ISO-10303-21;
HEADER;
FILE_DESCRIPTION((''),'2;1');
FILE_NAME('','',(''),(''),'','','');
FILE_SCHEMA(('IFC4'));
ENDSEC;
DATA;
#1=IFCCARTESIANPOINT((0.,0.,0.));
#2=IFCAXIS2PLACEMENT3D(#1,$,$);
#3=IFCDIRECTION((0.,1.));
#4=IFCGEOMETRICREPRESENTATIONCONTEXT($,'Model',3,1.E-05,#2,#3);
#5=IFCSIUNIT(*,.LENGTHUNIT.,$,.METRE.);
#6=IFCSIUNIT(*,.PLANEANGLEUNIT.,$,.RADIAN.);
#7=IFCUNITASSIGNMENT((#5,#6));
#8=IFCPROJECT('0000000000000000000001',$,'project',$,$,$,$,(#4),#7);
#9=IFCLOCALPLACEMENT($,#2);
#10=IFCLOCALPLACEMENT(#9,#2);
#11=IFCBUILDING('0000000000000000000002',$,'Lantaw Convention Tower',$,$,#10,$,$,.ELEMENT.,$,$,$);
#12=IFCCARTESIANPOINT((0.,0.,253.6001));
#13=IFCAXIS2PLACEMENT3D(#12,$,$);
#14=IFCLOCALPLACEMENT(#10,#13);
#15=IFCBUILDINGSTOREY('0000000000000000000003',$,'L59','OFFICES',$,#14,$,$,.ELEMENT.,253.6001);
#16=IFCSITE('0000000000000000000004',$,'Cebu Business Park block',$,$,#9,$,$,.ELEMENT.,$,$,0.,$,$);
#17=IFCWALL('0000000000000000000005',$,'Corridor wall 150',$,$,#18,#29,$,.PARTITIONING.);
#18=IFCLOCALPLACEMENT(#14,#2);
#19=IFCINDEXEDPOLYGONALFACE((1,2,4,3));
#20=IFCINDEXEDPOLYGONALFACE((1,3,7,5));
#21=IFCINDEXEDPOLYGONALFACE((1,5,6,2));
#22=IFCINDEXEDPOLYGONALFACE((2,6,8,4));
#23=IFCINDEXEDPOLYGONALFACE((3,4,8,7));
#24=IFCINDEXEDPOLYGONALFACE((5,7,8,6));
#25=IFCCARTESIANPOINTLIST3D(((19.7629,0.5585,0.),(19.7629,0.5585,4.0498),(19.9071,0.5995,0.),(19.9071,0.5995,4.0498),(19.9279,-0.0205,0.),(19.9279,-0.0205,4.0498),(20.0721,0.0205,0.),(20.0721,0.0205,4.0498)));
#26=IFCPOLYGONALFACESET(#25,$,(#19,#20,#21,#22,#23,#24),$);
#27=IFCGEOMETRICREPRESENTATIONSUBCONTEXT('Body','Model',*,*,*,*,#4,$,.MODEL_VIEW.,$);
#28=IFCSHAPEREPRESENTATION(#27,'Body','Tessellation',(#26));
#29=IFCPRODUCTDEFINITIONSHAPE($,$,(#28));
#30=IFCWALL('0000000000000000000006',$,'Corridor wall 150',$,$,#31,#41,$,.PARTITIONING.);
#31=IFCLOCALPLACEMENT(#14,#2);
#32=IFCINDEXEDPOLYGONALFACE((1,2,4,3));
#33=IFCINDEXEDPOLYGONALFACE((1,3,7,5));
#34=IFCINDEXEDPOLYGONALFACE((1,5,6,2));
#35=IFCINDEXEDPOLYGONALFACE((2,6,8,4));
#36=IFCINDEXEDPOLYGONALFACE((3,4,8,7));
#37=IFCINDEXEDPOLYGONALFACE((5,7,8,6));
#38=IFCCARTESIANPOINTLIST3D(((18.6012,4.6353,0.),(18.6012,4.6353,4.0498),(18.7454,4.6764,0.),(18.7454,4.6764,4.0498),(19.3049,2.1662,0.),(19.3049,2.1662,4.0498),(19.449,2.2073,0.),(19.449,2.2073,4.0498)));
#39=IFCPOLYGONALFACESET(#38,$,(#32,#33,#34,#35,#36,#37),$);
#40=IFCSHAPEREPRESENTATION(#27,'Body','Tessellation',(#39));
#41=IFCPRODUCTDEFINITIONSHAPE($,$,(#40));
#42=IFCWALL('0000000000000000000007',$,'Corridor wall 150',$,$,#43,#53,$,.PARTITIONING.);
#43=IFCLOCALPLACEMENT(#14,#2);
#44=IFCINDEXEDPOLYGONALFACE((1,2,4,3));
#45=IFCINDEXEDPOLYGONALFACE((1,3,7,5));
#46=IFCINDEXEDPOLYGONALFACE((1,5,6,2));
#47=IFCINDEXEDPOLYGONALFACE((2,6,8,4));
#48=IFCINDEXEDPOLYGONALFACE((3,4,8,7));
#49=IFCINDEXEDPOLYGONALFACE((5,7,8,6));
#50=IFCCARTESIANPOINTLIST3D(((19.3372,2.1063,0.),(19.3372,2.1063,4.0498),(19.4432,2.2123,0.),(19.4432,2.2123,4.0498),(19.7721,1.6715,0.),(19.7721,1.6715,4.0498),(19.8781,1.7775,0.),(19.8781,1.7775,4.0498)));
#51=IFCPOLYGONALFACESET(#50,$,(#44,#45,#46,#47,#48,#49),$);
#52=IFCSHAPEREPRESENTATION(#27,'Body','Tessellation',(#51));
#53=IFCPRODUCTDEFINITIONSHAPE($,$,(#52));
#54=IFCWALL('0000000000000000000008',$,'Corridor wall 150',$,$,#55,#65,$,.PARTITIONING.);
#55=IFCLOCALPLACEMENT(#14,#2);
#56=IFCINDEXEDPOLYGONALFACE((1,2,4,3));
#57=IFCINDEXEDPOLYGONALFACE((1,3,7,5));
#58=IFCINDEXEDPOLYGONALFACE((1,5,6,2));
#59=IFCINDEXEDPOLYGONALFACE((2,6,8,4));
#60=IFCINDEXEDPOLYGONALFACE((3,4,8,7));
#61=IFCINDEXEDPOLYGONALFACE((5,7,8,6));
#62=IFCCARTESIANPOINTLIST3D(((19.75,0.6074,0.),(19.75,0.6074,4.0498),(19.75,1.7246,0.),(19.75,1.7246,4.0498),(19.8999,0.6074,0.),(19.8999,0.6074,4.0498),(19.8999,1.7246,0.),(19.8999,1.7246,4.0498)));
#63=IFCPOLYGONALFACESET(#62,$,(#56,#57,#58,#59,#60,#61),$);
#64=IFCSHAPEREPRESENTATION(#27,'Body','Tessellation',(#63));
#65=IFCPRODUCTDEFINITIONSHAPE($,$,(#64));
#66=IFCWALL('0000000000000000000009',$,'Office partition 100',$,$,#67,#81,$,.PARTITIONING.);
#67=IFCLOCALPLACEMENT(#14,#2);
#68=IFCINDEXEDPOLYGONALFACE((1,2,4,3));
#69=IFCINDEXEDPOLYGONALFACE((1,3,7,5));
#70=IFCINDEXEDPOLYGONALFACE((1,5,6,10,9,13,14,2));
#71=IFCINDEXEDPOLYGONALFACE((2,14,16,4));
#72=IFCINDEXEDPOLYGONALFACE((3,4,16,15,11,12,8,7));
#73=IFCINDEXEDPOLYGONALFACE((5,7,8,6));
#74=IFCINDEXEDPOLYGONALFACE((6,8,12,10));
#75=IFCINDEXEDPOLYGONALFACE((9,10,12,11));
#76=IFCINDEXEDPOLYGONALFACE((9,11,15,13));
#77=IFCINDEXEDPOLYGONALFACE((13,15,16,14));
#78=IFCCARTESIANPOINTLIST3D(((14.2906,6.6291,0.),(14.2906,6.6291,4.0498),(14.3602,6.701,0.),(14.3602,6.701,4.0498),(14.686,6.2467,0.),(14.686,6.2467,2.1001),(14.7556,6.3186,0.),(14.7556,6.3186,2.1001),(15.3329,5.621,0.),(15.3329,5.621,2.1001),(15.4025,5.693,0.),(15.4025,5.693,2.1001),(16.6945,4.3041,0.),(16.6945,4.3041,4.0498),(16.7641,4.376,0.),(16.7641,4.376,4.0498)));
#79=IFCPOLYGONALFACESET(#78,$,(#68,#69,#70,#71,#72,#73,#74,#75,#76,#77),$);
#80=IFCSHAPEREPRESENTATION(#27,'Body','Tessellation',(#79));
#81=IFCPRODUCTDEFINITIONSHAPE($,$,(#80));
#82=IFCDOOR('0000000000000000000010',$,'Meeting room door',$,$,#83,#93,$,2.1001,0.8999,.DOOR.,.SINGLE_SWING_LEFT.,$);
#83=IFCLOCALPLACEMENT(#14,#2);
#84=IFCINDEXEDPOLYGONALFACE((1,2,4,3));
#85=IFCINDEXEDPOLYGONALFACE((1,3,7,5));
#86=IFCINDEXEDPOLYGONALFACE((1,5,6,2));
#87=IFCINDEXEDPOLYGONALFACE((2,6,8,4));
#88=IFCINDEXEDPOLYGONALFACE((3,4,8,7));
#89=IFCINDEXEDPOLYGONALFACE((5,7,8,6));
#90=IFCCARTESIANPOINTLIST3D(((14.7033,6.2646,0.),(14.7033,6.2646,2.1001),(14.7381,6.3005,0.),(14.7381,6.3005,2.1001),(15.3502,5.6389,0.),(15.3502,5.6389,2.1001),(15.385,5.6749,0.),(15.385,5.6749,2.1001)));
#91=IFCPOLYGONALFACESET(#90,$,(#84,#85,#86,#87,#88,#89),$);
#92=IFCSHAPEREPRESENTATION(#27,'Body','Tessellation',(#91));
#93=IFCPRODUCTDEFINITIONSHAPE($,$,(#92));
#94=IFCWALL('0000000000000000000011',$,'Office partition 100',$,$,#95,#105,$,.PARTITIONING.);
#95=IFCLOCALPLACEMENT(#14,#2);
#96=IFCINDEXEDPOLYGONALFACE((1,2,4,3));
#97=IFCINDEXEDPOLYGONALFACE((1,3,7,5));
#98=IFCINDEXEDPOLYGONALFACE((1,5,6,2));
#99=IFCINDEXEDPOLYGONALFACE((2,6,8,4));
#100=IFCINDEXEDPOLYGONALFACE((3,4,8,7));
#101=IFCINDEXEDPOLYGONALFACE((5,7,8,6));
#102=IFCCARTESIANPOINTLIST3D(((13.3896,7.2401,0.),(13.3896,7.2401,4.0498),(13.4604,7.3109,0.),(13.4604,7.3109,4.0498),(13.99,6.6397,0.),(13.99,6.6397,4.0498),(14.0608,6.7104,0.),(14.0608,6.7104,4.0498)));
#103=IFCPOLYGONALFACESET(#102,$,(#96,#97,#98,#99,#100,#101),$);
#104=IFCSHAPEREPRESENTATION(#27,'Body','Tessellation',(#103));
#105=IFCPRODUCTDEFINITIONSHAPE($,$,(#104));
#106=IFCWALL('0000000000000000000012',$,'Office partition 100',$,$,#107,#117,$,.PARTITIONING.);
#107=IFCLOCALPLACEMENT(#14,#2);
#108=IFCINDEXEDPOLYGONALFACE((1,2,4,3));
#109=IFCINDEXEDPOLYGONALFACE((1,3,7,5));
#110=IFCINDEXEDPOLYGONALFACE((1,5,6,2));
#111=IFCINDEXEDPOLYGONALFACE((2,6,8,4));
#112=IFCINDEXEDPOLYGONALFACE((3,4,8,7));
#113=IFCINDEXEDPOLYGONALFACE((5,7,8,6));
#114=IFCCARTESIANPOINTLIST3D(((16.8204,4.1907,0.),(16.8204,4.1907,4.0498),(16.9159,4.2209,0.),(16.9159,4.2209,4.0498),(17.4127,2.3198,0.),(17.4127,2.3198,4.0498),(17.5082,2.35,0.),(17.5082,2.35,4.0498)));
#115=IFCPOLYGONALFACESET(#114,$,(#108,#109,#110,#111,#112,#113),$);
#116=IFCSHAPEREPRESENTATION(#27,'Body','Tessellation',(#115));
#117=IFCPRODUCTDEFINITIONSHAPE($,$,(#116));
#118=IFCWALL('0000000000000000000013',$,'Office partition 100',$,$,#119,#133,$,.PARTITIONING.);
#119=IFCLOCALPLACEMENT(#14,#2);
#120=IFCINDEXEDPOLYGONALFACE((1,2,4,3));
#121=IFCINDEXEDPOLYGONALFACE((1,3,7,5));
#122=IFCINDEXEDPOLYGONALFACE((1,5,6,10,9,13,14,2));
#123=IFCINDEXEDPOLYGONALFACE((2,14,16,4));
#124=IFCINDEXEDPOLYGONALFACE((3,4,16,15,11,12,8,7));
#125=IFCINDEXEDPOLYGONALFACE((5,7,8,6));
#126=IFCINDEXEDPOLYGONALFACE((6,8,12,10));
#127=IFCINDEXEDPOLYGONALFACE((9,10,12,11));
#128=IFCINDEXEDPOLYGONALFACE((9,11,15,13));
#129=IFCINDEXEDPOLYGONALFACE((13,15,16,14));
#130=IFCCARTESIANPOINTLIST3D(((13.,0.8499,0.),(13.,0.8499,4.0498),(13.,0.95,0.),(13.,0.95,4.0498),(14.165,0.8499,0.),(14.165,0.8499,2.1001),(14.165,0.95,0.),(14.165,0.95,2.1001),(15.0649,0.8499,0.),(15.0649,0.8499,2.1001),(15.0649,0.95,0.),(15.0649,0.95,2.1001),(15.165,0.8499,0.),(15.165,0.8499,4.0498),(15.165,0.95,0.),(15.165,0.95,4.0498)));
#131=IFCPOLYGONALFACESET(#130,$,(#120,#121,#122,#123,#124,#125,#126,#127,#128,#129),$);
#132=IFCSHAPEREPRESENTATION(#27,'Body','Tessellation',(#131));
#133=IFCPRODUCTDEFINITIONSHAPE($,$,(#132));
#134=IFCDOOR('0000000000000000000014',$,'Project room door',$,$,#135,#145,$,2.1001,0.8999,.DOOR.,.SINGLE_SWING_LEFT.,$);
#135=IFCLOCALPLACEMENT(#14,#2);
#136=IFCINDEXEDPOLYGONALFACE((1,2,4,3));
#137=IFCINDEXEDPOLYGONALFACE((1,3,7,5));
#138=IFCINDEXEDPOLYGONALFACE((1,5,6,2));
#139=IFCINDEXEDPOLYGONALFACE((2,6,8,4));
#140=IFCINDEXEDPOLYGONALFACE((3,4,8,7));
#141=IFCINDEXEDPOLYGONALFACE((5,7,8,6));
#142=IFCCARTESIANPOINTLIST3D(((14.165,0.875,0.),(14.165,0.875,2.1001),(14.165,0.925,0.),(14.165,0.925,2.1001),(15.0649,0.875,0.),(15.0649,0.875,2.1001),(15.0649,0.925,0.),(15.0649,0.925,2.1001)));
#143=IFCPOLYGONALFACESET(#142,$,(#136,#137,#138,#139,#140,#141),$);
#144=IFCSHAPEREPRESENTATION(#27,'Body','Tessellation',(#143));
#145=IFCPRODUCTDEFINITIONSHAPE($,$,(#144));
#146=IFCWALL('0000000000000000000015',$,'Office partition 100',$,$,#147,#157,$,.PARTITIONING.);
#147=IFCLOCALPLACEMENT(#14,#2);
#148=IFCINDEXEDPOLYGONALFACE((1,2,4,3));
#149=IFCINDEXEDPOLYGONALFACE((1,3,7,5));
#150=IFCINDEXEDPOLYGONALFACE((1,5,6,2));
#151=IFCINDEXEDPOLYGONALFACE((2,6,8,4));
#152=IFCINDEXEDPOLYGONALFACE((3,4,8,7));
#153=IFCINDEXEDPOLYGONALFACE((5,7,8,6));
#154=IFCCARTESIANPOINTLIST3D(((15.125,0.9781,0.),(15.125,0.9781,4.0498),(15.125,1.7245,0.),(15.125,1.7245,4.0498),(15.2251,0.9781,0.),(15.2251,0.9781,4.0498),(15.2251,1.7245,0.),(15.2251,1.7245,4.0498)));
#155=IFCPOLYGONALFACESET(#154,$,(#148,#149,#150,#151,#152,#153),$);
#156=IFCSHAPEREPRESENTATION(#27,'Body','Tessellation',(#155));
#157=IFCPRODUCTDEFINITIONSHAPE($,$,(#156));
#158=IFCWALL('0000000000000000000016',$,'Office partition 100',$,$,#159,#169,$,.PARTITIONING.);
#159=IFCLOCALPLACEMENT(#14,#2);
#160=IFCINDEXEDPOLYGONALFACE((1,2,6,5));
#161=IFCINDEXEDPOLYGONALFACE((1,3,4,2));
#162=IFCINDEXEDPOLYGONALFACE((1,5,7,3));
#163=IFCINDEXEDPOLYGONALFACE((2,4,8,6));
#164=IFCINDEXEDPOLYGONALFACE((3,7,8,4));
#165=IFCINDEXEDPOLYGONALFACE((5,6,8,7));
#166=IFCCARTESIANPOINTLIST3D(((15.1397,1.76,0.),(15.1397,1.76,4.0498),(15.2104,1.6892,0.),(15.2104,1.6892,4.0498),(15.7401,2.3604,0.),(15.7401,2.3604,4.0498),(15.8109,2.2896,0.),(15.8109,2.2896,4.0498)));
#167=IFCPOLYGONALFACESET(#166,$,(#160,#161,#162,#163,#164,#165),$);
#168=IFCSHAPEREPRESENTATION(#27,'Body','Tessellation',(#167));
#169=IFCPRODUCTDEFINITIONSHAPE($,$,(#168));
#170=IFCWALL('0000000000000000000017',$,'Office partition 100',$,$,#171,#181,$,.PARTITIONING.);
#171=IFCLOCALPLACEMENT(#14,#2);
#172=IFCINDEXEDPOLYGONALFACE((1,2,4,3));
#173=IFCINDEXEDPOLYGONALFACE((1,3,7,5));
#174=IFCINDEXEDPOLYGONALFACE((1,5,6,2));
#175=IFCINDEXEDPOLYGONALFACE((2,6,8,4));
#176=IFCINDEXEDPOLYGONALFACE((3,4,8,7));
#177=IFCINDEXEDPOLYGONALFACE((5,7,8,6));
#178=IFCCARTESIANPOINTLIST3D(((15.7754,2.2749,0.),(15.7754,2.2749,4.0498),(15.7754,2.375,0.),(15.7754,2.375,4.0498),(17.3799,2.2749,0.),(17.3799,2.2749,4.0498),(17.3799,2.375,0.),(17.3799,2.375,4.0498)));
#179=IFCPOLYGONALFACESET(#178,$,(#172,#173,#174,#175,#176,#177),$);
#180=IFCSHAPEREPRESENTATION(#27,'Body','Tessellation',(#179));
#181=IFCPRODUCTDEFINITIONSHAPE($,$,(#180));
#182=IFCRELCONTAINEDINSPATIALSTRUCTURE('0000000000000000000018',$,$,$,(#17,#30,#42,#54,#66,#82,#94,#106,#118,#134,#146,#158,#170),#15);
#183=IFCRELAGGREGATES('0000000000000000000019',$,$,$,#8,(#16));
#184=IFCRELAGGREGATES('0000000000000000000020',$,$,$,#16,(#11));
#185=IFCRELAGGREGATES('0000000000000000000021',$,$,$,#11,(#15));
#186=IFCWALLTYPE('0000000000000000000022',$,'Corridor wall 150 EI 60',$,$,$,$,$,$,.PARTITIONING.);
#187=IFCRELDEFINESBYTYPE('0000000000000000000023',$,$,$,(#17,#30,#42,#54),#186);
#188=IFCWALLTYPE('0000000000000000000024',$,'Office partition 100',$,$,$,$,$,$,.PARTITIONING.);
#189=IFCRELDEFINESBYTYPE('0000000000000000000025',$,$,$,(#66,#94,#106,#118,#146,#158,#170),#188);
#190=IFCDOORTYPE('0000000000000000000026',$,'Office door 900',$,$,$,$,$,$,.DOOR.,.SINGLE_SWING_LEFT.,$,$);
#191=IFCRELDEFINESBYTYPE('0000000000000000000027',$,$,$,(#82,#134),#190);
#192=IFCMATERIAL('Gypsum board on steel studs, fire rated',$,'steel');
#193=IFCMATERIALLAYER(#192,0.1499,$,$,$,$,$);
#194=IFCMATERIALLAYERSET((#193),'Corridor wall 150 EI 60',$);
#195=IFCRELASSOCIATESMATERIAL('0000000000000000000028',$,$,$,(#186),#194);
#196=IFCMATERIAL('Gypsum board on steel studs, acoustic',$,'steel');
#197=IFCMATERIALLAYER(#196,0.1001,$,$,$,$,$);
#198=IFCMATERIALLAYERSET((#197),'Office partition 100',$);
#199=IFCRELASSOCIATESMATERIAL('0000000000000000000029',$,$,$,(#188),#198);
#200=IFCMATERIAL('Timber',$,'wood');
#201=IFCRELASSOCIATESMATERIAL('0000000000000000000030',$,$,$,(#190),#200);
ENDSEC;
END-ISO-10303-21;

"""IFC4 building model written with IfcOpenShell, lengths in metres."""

from ifc_helpers import new_model, si_unit, direction, frame, frame_2d, origin, place, context, subcontext, project, spatial, rectangle, extrude, material, layer, layer_set, type_object, element, fill, save


model = new_model("IFC4")

# Units and contexts
model_context = context("Model", 3, precision=1e-05, world=origin(), true_north=direction((0.0, 1.0)))
body_context = subcontext(model_context, "Body", "Model", "MODEL_VIEW")
ifc_project = project(units=[si_unit("LENGTHUNIT", "METRE"), si_unit("PLANEANGLEUNIT", "RADIAN")], contexts=[model_context])

# Site, building, storey
site_placement = place(None, origin())
site = spatial("IfcSite", under=ifc_project, at=site_placement, Name="Cebu Business Park block", CompositionType="ELEMENT", RefElevation=0.0)
building_placement = place(site_placement, origin())
building = spatial("IfcBuilding", under=site, at=building_placement, Name="Lantaw Convention Tower", CompositionType="ELEMENT")
storey_placement = place(building_placement, frame((0.0, 0.0, 253.6001)))
storey = spatial("IfcBuildingStorey", under=building, at=storey_placement, Name="L59", Description="OFFICES", CompositionType="ELEMENT", Elevation=253.6001)

# Shared definitions
ifc_material_1 = material(Name="Gypsum board on steel studs, fire rated", Category="steel")
ifc_layer_1 = layer(ifc_material_1, 0.1499)
ifc_layer_set_1 = layer_set([ifc_layer_1], Name="Corridor wall 150 EI 60")
wall_type_1 = type_object("IfcWallType", Name="Corridor wall 150 EI 60", PredefinedType="PARTITIONING", material=ifc_layer_set_1)

# Walls
wall_1_placement = place(storey_placement, frame((20.0, 0.0, 0.0), z_axis=(0.0, 0.0, 1.0), x_axis=(-0.274078, 0.961707, 0.0)))
element("IfcWall", 1, at=wall_1_placement, inside=storey, type_object=wall_type_1, Name="Corridor wall 150", PredefinedType="PARTITIONING", context=body_context, shape_type="SweptSolid", body=[
    extrude(rectangle(XDim=0.6021, YDim=0.1499, at=frame_2d((0.301, 0.0))), origin(), (0.0, 0.0, 1.0), 4.0498),
])
wall_2_placement = place(storey_placement, frame((19.377, 2.1868, 0.0), z_axis=(0.0, 0.0, 1.0), x_axis=(-0.274068, 0.96171, 0.0)))
element("IfcWall", 2, at=wall_2_placement, inside=storey, type_object=wall_type_1, Name="Corridor wall 150", PredefinedType="PARTITIONING", context=body_context, shape_type="SweptSolid", body=[
    extrude(rectangle(XDim=2.5674, YDim=0.1499, at=frame_2d((1.2837, 0.0))), origin(), (0.0, 0.0, 1.0), 4.0498),
])
wall_3_placement = place(storey_placement, frame((19.3901, 2.1594, 0.0), z_axis=(0.0, 0.0, 1.0), x_axis=(0.707107, -0.707107, 0.0)))
element("IfcWall", 3, at=wall_3_placement, inside=storey, type_object=wall_type_1, Name="Corridor wall 150", PredefinedType="PARTITIONING", context=body_context, shape_type="SweptSolid", body=[
    extrude(rectangle(XDim=0.615, YDim=0.1499, at=frame_2d((0.3076, 0.0))), origin(), (0.0, 0.0, 1.0), 4.0498),
])
wall_4_placement = place(storey_placement, frame((19.825, 1.7246, 0.0), z_axis=(0.0, 0.0, 1.0), x_axis=(0.0, -1.0, 0.0)))
element("IfcWall", 4, at=wall_4_placement, inside=storey, type_object=wall_type_1, Name="Corridor wall 150", PredefinedType="PARTITIONING", context=body_context, shape_type="SweptSolid", body=[
    extrude(rectangle(XDim=1.1172, YDim=0.1499, at=frame_2d((0.5586, 0.0))), origin(), (0.0, 0.0, 1.0), 4.0498),
])

# Wall, opening, door
ifc_material_2 = material(Name="Gypsum board on steel studs, acoustic", Category="steel")
ifc_layer_2 = layer(ifc_material_2, 0.1001)
ifc_layer_set_2 = layer_set([ifc_layer_2], Name="Office partition 100")
wall_type_2 = type_object("IfcWallType", Name="Office partition 100", PredefinedType="PARTITIONING", material=ifc_layer_set_2)
wall_5_placement = place(storey_placement, frame((14.3254, 6.665, 0.0), z_axis=(0.0, 0.0, 1.0), x_axis=(0.718799, -0.695218, 0.0)))
wall_5 = element("IfcWall", 5, at=wall_5_placement, inside=storey, type_object=wall_type_2, Name="Office partition 100", PredefinedType="PARTITIONING", context=body_context, shape_type="SweptSolid", body=[
    extrude(rectangle(XDim=3.3442, YDim=0.1001, at=frame_2d((1.6721, 0.0))), origin(), (0.0, 0.0, 1.0), 4.0498),
])
opening_1_placement = place(wall_5_placement, frame((0.55, 0.0, 0.0)))
opening_1 = element("IfcOpeningElement", 6, at=opening_1_placement, cuts=wall_5, PredefinedType="OPENING", context=body_context, shape_type="SweptSolid", body=[
    extrude(rectangle(XDim=0.8999, YDim=2.1001, at=frame_2d((0.45, 1.05))), frame((0.0, 0.0601, 0.0), z_axis=(0.0, -1.0, 0.0), x_axis=(1.0, 0.0, 0.0)), (0.0, 0.0, 1.0), 0.1201),
])
ifc_material_3 = material(Name="Timber", Category="wood")
door_type_1 = type_object("IfcDoorType", Name="Office door 900", OperationType="SINGLE_SWING_LEFT", PredefinedType="DOOR", material=ifc_material_3)
door_1_placement = place(opening_1_placement, origin())
door_1 = element("IfcDoor", 7, at=door_1_placement, inside=storey, type_object=door_type_1, Name="Meeting room door", OperationType="SINGLE_SWING_LEFT", OverallHeight=2.1001, OverallWidth=0.8999, PredefinedType="DOOR", context=body_context, shape_type="SweptSolid", body=[
    extrude(rectangle(XDim=0.8999, YDim=2.1001, at=frame_2d((0.45, 1.05))), frame((0.0, 0.0249, 0.0), z_axis=(0.0, -1.0, 0.0), x_axis=(1.0, 0.0, 0.0)), (0.0, 0.0, 1.0), 0.05),
])
fill(opening_1, door_1)

# Walls
wall_6_placement = place(storey_placement, frame((14.0254, 6.675, 0.0), z_axis=(0.0, 0.0, 1.0), x_axis=(-0.707107, 0.707107, 0.0)))
element("IfcWall", 8, at=wall_6_placement, inside=storey, type_object=wall_type_2, Name="Office partition 100", PredefinedType="PARTITIONING", context=body_context, shape_type="SweptSolid", body=[
    extrude(rectangle(XDim=0.8491, YDim=0.1001, at=frame_2d((0.4246, 0.0))), origin(), (0.0, 0.0, 1.0), 4.0498),
])
wall_7_placement = place(storey_placement, frame((16.8682, 4.2058, 0.0), z_axis=(0.0, 0.0, 1.0), x_axis=(0.301822, -0.953364, 0.0)))
element("IfcWall", 9, at=wall_7_placement, inside=storey, type_object=wall_type_2, Name="Office partition 100", PredefinedType="PARTITIONING", context=body_context, shape_type="SweptSolid", body=[
    extrude(rectangle(XDim=1.9624, YDim=0.1001, at=frame_2d((0.9812, 0.0))), origin(), (0.0, 0.0, 1.0), 4.0498),
])

# Wall, opening, door
wall_8_placement = place(storey_placement, frame((15.165, 0.8999, 0.0), z_axis=(0.0, 0.0, 1.0), x_axis=(-1.0, 0.0, 0.0)))
wall_8 = element("IfcWall", 10, at=wall_8_placement, inside=storey, type_object=wall_type_2, Name="Office partition 100", PredefinedType="PARTITIONING", context=body_context, shape_type="SweptSolid", body=[
    extrude(rectangle(XDim=2.165, YDim=0.1001, at=frame_2d((1.0825, 0.0))), origin(), (0.0, 0.0, 1.0), 4.0498),
])
opening_2_placement = place(wall_8_placement, frame((0.1001, 0.0, 0.0)))
opening_2 = element("IfcOpeningElement", 11, at=opening_2_placement, cuts=wall_8, PredefinedType="OPENING", context=body_context, shape_type="SweptSolid", body=[
    extrude(rectangle(XDim=0.8999, YDim=2.1001, at=frame_2d((0.45, 1.05))), frame((0.0, 0.0601, 0.0), z_axis=(0.0, -1.0, 0.0), x_axis=(1.0, 0.0, 0.0)), (0.0, 0.0, 1.0), 0.1201),
])
door_2_placement = place(opening_2_placement, origin())
door_2 = element("IfcDoor", 12, at=door_2_placement, inside=storey, type_object=door_type_1, Name="Project room door", OperationType="SINGLE_SWING_LEFT", OverallHeight=2.1001, OverallWidth=0.8999, PredefinedType="DOOR", context=body_context, shape_type="SweptSolid", body=[
    extrude(rectangle(XDim=0.8999, YDim=2.1001, at=frame_2d((0.45, 1.05))), frame((0.0, 0.0249, 0.0), z_axis=(0.0, -1.0, 0.0), x_axis=(1.0, 0.0, 0.0)), (0.0, 0.0, 1.0), 0.05),
])
fill(opening_2, door_2)

# Walls
wall_9_placement = place(storey_placement, frame((15.175, 0.9783, 0.0), z_axis=(0.0, 0.0, 1.0), x_axis=(0.0, 1.0, 0.0)))
element("IfcWall", 13, at=wall_9_placement, inside=storey, type_object=wall_type_2, Name="Office partition 100", PredefinedType="PARTITIONING", context=body_context, shape_type="SweptSolid", body=[
    extrude(rectangle(XDim=0.7463, YDim=0.1001, at=frame_2d((0.373, 0.0))), origin(), (0.0, 0.0, 1.0), 4.0498),
])
wall_10_placement = place(storey_placement, frame((15.175, 1.7246, 0.0), z_axis=(0.0, 0.0, 1.0), x_axis=(0.707107, 0.707107, 0.0)))
element("IfcWall", 14, at=wall_10_placement, inside=storey, type_object=wall_type_2, Name="Office partition 100", PredefinedType="PARTITIONING", context=body_context, shape_type="SweptSolid", body=[
    extrude(rectangle(XDim=0.8491, YDim=0.1001, at=frame_2d((0.4246, 0.0))), origin(), (0.0, 0.0, 1.0), 4.0498),
])
wall_11_placement = place(storey_placement, frame((15.7754, 2.325, 0.0), z_axis=(0.0, 0.0, 1.0), x_axis=(1.0, 0.0, 0.0)))
element("IfcWall", 15, at=wall_11_placement, inside=storey, type_object=wall_type_2, Name="Office partition 100", PredefinedType="PARTITIONING", context=body_context, shape_type="SweptSolid", body=[
    extrude(rectangle(XDim=1.6045, YDim=0.1001, at=frame_2d((0.8022, 0.0))), origin(), (0.0, 0.0, 1.0), 4.0498),
])

save(model, "model.ifc")
